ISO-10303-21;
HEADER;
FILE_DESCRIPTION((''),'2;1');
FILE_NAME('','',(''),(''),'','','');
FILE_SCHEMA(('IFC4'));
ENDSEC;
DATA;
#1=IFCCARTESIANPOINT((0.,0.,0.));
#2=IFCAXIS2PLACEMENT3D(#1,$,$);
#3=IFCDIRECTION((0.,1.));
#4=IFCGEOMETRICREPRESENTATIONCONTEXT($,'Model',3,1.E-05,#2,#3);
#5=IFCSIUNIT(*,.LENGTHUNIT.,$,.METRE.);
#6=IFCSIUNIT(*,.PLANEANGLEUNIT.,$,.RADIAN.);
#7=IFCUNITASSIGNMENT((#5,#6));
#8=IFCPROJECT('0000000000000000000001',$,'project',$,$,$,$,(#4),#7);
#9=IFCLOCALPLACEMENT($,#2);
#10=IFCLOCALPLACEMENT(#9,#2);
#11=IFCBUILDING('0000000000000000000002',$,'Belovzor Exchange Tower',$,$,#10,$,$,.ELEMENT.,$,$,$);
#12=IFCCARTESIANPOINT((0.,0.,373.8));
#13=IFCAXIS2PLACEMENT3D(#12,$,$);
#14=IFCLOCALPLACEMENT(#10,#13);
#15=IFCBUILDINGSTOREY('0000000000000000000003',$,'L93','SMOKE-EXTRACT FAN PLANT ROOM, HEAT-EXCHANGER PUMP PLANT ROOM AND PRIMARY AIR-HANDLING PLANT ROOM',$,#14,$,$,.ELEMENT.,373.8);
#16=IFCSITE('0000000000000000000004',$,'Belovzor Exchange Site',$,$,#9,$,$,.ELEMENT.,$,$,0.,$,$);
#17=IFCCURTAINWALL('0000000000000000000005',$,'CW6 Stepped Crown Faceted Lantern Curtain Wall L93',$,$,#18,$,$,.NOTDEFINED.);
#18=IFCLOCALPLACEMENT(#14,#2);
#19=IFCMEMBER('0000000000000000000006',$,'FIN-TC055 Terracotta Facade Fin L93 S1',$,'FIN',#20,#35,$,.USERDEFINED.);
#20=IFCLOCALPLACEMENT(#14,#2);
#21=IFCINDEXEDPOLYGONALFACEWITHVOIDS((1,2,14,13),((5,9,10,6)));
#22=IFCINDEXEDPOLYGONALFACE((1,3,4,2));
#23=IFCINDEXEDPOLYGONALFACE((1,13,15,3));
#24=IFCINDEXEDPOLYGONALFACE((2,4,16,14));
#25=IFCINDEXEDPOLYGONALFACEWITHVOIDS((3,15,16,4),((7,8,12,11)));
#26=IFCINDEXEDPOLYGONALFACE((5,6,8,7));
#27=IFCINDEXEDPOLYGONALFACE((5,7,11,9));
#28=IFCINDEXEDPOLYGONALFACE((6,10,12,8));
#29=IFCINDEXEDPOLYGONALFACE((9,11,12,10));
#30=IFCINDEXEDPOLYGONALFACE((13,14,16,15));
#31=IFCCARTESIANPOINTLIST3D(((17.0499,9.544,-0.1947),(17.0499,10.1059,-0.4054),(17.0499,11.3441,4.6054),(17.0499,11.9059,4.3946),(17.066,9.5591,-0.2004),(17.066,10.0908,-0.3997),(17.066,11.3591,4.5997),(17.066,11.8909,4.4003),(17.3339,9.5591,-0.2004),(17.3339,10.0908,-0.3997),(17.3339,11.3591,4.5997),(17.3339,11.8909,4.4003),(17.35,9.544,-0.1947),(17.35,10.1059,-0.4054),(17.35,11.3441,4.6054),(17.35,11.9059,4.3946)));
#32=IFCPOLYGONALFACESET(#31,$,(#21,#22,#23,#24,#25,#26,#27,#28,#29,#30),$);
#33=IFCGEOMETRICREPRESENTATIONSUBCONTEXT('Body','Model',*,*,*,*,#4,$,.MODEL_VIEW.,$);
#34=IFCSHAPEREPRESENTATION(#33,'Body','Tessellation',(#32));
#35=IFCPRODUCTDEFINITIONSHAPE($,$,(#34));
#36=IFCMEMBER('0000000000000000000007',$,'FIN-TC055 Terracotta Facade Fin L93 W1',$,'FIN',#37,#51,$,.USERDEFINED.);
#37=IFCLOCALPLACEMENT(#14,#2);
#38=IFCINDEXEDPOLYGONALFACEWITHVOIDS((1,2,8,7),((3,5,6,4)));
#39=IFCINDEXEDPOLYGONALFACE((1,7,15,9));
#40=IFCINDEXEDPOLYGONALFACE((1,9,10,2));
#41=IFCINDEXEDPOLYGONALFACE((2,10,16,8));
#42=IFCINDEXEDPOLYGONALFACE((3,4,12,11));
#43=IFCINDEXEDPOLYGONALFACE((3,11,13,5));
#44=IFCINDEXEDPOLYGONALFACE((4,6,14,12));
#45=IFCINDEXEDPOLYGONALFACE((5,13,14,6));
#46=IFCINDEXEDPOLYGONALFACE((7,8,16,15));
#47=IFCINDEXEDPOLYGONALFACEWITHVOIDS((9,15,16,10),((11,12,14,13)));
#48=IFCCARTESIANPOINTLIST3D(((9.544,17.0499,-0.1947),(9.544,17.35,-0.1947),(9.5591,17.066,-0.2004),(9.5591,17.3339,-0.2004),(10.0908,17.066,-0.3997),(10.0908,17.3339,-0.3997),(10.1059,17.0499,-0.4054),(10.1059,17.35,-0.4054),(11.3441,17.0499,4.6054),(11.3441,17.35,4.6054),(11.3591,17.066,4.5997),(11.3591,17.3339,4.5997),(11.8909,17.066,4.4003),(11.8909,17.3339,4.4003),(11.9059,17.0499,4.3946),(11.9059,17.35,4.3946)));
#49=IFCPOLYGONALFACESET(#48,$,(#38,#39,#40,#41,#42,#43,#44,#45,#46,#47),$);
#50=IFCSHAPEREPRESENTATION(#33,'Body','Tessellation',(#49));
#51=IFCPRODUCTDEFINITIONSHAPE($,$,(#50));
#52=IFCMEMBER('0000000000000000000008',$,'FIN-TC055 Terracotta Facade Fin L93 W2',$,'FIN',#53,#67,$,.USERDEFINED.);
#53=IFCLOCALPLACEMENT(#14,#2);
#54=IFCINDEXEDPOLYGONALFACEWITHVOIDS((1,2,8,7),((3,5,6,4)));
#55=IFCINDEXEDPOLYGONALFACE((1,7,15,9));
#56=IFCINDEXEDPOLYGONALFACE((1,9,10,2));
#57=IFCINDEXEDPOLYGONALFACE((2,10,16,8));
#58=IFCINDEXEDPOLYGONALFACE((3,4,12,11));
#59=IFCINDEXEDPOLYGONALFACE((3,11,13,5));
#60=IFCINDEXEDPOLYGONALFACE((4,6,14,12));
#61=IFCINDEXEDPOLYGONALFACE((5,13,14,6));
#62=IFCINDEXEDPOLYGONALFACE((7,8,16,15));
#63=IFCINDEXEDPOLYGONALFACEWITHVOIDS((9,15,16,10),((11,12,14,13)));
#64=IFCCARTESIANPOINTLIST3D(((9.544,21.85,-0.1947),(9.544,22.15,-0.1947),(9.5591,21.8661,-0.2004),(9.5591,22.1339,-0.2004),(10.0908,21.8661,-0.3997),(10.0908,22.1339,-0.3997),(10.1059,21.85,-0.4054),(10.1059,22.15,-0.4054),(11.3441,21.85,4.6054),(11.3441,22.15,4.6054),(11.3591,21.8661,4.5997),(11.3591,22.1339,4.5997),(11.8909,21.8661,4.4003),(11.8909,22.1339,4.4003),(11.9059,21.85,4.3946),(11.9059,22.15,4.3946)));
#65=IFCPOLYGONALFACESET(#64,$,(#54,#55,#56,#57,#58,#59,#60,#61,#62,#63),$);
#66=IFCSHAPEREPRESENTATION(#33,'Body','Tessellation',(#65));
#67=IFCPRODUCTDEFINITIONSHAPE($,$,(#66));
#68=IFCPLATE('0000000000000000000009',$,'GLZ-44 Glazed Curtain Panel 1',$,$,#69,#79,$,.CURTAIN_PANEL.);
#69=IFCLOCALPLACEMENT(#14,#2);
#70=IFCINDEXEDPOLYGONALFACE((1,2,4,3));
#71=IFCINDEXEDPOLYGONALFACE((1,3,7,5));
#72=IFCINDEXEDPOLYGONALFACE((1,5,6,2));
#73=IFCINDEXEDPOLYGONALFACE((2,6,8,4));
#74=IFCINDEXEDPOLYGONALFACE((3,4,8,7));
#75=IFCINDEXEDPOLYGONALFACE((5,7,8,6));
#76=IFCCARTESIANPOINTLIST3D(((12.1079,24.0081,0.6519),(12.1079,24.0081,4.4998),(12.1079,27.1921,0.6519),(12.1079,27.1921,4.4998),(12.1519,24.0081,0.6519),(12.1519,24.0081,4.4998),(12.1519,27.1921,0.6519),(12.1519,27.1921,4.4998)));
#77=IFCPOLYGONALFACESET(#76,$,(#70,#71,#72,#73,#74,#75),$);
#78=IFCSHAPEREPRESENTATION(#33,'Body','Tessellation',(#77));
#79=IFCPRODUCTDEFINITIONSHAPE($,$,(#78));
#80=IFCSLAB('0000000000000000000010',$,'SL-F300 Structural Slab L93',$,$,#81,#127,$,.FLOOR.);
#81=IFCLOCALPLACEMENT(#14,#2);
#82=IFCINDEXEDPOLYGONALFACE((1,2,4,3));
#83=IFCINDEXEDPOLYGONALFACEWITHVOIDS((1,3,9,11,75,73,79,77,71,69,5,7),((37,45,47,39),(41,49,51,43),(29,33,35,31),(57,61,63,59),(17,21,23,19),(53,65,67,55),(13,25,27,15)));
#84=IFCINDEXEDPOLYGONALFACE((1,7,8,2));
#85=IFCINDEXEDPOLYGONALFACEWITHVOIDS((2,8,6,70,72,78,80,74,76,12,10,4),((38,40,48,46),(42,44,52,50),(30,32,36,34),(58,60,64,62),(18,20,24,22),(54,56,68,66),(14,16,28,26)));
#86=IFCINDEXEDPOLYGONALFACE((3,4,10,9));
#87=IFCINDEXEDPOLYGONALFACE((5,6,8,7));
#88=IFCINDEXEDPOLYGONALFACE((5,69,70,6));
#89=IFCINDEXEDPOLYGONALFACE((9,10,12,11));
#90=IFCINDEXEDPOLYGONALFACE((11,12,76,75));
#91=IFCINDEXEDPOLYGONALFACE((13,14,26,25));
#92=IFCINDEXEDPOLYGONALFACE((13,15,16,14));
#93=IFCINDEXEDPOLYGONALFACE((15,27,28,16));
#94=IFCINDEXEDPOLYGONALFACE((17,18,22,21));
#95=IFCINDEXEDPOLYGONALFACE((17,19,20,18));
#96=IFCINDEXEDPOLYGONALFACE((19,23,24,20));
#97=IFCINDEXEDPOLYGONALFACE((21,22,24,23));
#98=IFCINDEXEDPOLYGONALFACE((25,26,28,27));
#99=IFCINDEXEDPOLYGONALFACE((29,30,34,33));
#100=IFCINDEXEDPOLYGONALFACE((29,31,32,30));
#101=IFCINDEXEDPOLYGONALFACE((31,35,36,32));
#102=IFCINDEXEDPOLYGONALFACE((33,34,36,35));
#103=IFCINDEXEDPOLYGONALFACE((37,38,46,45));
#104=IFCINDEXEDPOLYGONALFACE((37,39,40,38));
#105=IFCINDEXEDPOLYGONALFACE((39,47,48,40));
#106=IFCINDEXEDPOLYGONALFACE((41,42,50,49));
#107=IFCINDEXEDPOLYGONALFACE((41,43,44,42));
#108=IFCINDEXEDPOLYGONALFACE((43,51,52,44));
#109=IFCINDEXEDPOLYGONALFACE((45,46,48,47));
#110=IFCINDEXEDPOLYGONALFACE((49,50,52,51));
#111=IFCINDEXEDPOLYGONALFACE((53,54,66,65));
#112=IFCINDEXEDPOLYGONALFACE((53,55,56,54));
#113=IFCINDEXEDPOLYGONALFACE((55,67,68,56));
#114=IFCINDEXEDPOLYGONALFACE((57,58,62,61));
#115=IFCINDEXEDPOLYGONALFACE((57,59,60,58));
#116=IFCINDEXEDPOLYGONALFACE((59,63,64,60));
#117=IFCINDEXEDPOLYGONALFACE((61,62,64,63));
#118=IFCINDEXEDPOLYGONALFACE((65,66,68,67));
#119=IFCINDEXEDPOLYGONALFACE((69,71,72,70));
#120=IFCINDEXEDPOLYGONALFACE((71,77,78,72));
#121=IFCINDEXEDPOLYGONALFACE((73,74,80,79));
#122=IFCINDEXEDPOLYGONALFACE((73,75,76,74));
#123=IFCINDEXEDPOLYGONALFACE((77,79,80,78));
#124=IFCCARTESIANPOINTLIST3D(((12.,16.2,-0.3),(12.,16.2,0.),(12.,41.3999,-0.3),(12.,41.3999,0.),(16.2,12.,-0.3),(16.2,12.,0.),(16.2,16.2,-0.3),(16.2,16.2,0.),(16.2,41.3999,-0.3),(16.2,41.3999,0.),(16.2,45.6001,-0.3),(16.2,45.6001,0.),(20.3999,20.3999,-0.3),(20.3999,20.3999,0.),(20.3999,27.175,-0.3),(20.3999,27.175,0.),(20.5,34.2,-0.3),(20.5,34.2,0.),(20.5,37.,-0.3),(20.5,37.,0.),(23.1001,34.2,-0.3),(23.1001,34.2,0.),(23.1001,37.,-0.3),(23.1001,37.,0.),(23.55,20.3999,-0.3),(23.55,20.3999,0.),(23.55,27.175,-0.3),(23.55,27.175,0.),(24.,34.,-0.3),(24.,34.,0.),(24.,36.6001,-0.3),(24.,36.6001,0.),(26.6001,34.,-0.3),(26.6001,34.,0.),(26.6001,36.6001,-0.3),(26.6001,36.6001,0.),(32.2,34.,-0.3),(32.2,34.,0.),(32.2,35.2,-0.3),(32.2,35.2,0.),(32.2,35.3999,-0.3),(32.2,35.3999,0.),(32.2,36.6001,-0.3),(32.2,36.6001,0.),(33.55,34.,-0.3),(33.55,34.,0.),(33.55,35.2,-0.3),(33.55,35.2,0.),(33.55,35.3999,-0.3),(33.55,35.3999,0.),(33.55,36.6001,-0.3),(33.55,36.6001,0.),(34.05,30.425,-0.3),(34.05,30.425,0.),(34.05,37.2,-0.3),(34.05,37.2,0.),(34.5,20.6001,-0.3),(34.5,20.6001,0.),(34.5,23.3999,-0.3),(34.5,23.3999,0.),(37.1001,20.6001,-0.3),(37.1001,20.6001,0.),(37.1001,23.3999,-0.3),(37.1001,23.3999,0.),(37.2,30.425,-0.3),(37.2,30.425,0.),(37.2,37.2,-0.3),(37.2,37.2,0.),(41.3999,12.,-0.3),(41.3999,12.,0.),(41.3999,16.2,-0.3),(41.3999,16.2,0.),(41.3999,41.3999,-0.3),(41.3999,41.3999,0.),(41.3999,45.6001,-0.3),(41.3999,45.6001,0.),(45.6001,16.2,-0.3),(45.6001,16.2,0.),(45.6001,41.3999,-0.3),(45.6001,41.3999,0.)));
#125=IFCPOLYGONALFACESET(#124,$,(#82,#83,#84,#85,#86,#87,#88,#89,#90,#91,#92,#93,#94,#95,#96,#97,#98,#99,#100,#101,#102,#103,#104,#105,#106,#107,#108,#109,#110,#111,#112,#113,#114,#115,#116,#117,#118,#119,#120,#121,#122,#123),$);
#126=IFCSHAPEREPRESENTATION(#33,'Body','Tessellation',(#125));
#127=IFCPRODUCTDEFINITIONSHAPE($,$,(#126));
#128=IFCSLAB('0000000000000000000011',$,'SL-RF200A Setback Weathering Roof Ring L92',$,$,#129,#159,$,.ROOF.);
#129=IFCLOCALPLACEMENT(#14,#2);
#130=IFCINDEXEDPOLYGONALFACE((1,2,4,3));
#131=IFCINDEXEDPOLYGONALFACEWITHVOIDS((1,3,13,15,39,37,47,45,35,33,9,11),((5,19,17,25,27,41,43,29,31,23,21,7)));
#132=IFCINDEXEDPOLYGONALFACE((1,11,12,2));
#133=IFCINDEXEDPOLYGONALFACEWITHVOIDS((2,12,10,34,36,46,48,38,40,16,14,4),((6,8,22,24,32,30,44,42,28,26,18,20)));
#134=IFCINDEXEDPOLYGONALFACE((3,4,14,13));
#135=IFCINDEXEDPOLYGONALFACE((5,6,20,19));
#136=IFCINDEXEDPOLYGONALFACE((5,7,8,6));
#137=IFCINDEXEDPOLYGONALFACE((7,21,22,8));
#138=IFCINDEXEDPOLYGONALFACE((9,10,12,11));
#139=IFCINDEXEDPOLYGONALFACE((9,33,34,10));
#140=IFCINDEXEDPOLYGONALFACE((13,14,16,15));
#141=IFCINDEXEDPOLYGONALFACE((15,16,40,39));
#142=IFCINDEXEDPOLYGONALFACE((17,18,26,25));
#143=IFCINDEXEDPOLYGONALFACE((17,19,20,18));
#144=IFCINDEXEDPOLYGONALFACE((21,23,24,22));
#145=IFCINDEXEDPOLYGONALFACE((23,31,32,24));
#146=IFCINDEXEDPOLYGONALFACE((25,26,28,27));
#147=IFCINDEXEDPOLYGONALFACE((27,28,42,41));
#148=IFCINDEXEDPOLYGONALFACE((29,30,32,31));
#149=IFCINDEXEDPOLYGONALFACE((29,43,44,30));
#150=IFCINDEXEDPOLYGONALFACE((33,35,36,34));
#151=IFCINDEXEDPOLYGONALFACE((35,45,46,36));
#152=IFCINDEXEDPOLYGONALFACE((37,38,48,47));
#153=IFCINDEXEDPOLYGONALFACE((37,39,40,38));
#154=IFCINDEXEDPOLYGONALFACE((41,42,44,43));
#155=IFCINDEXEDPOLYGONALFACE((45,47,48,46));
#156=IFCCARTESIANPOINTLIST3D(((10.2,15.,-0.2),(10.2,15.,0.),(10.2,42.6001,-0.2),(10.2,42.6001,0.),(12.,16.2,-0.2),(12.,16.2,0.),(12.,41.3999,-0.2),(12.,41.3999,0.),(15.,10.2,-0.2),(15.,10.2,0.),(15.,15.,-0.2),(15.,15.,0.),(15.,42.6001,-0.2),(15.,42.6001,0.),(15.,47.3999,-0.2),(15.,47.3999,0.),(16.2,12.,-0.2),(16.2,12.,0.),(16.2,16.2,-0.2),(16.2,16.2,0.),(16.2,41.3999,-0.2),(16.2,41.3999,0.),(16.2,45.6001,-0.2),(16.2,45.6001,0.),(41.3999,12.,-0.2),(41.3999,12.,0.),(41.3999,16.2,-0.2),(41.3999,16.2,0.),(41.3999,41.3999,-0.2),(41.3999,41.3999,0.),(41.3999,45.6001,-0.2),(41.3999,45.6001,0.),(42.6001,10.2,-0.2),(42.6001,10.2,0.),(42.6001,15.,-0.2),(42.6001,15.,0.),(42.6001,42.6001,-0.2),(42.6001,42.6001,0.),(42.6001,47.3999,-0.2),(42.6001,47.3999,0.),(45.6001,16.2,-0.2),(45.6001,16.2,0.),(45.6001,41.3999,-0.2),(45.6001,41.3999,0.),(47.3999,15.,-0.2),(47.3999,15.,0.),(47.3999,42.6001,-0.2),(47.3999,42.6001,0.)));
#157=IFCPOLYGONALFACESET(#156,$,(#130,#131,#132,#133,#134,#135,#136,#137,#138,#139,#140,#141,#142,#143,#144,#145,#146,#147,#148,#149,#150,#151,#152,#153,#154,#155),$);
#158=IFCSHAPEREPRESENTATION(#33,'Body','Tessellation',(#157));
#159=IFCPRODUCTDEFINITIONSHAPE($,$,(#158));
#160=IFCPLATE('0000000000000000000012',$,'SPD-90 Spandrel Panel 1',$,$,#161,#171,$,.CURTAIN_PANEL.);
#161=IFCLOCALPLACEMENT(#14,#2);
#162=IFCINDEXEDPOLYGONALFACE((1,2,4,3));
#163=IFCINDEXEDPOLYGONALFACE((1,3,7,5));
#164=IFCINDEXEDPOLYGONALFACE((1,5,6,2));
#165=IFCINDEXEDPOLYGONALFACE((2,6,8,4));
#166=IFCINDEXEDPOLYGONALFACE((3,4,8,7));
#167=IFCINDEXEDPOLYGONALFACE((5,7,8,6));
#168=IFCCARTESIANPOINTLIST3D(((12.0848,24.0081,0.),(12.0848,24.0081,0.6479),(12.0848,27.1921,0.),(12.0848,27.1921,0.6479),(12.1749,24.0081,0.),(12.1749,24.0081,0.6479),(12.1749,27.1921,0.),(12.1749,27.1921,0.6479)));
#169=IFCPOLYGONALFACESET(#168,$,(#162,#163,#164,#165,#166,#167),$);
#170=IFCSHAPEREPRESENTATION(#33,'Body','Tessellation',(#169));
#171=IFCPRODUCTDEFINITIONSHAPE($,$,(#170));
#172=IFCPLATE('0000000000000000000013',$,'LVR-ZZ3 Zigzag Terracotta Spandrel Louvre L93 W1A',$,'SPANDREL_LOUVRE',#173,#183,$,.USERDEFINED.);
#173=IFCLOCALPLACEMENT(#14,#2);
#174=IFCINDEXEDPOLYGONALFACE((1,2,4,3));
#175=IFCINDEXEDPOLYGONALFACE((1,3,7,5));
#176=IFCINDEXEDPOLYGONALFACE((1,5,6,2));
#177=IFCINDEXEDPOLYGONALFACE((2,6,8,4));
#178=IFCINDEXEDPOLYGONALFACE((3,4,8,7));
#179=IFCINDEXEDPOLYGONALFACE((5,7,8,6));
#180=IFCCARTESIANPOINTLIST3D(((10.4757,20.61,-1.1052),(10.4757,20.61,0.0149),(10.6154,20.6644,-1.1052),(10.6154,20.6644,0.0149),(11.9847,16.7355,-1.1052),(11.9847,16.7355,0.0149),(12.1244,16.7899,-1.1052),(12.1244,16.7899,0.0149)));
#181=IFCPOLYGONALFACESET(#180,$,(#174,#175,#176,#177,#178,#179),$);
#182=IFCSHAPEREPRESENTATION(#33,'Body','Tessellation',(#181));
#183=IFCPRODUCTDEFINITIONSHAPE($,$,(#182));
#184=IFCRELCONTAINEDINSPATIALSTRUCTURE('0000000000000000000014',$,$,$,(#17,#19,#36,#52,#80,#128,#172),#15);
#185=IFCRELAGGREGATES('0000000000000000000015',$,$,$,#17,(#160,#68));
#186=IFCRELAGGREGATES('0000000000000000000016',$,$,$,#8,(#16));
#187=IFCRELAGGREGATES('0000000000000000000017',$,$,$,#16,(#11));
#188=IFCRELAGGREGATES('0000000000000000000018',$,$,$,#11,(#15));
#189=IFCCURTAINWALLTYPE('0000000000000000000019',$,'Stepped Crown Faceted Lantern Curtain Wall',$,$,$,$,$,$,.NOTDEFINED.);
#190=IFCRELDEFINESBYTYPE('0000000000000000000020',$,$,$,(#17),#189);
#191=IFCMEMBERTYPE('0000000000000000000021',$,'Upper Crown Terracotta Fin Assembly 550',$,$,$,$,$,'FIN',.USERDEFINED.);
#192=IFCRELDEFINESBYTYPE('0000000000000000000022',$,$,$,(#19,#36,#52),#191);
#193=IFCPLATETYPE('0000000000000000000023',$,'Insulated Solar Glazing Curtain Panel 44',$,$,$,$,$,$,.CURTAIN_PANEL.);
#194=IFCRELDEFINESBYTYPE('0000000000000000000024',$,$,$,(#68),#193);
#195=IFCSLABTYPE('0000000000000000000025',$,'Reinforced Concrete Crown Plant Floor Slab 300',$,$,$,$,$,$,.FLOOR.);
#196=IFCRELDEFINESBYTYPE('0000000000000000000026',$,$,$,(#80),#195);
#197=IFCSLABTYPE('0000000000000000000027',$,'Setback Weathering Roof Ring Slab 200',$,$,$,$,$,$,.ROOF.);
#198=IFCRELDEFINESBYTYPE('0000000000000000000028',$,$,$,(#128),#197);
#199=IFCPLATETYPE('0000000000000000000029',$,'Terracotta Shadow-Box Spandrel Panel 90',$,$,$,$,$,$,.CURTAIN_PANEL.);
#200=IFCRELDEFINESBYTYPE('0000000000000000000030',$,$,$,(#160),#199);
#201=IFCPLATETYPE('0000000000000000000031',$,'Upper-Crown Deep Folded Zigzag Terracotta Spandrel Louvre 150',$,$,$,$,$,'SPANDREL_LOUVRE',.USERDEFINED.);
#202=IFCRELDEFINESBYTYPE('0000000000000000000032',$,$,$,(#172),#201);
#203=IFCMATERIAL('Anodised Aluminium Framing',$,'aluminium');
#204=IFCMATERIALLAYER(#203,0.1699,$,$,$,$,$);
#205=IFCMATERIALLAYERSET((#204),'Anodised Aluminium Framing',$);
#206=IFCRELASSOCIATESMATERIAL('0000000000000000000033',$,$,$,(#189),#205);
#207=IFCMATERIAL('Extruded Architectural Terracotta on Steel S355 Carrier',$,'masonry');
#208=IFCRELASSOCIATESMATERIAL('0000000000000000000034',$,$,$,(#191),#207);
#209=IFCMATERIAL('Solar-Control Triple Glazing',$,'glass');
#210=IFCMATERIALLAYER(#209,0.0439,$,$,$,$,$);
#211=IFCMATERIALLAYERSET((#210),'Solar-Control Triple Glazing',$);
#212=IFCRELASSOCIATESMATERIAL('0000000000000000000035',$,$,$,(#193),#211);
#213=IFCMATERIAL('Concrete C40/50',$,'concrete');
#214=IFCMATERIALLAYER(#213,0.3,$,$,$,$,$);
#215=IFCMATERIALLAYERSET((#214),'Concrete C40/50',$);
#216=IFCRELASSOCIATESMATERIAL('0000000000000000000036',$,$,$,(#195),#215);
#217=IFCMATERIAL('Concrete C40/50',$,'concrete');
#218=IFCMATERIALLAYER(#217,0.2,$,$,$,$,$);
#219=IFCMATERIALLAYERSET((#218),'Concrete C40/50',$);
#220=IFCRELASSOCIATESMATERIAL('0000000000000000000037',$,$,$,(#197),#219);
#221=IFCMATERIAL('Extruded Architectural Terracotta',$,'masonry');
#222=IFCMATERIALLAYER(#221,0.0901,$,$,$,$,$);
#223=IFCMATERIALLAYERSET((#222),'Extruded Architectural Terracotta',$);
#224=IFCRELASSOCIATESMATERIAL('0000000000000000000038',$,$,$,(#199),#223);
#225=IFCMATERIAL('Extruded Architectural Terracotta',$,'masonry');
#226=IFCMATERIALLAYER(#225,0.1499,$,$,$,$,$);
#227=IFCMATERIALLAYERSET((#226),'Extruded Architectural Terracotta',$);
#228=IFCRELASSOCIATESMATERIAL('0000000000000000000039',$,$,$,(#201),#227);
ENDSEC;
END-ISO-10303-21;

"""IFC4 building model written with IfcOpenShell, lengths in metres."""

from ifc_helpers import new_model, si_unit, direction, frame, origin, origin_2d, place, context, subcontext, project, spatial, polyline, rectangle, hollow_rectangle, outline, extrude, material, layer, layer_set, material_profile, profile_set, type_object, element, aggregate, save


model = new_model("IFC4")

# Units and contexts
model_context = context("Model", 3, precision=1e-05, world=origin(), true_north=direction((0.0, 1.0)))
body_context = subcontext(model_context, "Body", "Model", "MODEL_VIEW")
ifc_project = project(units=[si_unit("LENGTHUNIT", "METRE"), si_unit("PLANEANGLEUNIT", "RADIAN")], contexts=[model_context])

# Site, building, storey
site_placement = place(None, origin())
site = spatial("IfcSite", under=ifc_project, at=site_placement, Name="Belovzor Exchange Site", CompositionType="ELEMENT", RefElevation=0.0)
building_placement = place(site_placement, origin())
building = spatial("IfcBuilding", under=site, at=building_placement, Name="Belovzor Exchange Tower", CompositionType="ELEMENT")
storey_placement = place(building_placement, frame((0.0, 0.0, 373.8)))
storey = spatial("IfcBuildingStorey", under=building, at=storey_placement, Name="L93", Description="SMOKE-EXTRACT FAN PLANT ROOM, HEAT-EXCHANGER PUMP PLANT ROOM AND PRIMARY AIR-HANDLING PLANT ROOM", CompositionType="ELEMENT", Elevation=373.8)

# Curtain wall
ifc_material_1 = material(Name="Anodised Aluminium Framing", Category="aluminium")
ifc_layer_1 = layer(ifc_material_1, 0.1699)
ifc_layer_set_1 = layer_set([ifc_layer_1], Name="Anodised Aluminium Framing")
curtain_wall_type = type_object("IfcCurtainWallType", Name="Stepped Crown Faceted Lantern Curtain Wall", PredefinedType="NOTDEFINED", material=ifc_layer_set_1)
curtain_wall_placement = place(storey_placement, origin())
curtain_wall = element("IfcCurtainWall", 1, at=curtain_wall_placement, inside=storey, type_object=curtain_wall_type, Name="CW6 Stepped Crown Faceted Lantern Curtain Wall L93", PredefinedType="NOTDEFINED")

# Members
ifc_material_2 = material(Name="Extruded Architectural Terracotta on Steel S355 Carrier", Category="masonry")
ifc_material_profile_1 = material_profile(ifc_material_2, hollow_rectangle(XDim=0.3, YDim=0.6001, WallThickness=0.0161, at=origin_2d()))
ifc_profile_set_1 = profile_set([ifc_material_profile_1], Name="Extruded Architectural Terracotta on Steel S355 Carrier")
member_type_1 = type_object("IfcMemberType", Name="Upper Crown Terracotta Fin Assembly 550", ElementType="FIN", PredefinedType="USERDEFINED", material=ifc_profile_set_1)
for number, where, z_axis, x_axis, name in (
    (2, (17.2, 9.825, -0.3), (0.0, 0.351129, 0.936327), (-1.0, 0.0, 0.0), "FIN-TC055 Terracotta Facade Fin L93 S1"),
    (3, (9.825, 17.2, -0.3), (0.351129, 0.0, 0.936327), (0.0, 1.0, 0.0), "FIN-TC055 Terracotta Facade Fin L93 W1"),
    (4, (9.825, 22.0, -0.3), (0.351129, 0.0, 0.936327), (0.0, 1.0, 0.0), "FIN-TC055 Terracotta Facade Fin L93 W2"),
):
    element("IfcMember", number, at=place(storey_placement, frame(where, z_axis=z_axis, x_axis=x_axis)), inside=storey, type_object=member_type_1, Name=name, ObjectType="FIN", PredefinedType="USERDEFINED", context=body_context, shape_type="SweptSolid", body=[
        extrude(hollow_rectangle(XDim=0.3, YDim=0.6001, WallThickness=0.0161, at=origin_2d()), origin(), (0.0, 0.0, 1.0), 5.1265),
    ])

# Plate
ifc_material_3 = material(Name="Solar-Control Triple Glazing", Category="glass")
ifc_layer_2 = layer(ifc_material_3, 0.0439)
ifc_layer_set_2 = layer_set([ifc_layer_2], Name="Solar-Control Triple Glazing")
plate_type_1 = type_object("IfcPlateType", Name="Insulated Solar Glazing Curtain Panel 44", PredefinedType="CURTAIN_PANEL", material=ifc_layer_set_2)
plate_1_placement = place(storey_placement, frame((12.1299, 25.6001, 0.6519), z_axis=(0.0, 0.0, 1.0), x_axis=(0.0, 1.0, 0.0)))
plate_1 = element("IfcPlate", 5, at=plate_1_placement, type_object=plate_type_1, Name="GLZ-44 Glazed Curtain Panel 1", PredefinedType="CURTAIN_PANEL", context=body_context, shape_type="SweptSolid", body=[
    extrude(rectangle(XDim=3.1841, YDim=0.0439, at=origin_2d()), origin(), (0.0, 0.0, 1.0), 3.8479),
])

# Slabs
ifc_material_4 = material(Name="Concrete C40/50", Category="concrete")
ifc_layer_3 = layer(ifc_material_4, 0.3)
ifc_layer_set_3 = layer_set([ifc_layer_3], Name="Concrete C40/50")
slab_type_1 = type_object("IfcSlabType", Name="Reinforced Concrete Crown Plant Floor Slab 300", PredefinedType="FLOOR", material=ifc_layer_set_3)
slab_1_placement = place(storey_placement, frame((0.0, 0.0, -0.3)))
element("IfcSlab", 6, at=slab_1_placement, inside=storey, type_object=slab_type_1, Name="SL-F300 Structural Slab L93", PredefinedType="FLOOR", context=body_context, shape_type="SweptSolid", body=[
    extrude(outline(polyline([(16.2, 12.0), (41.3999, 12.0), (41.3999, 16.2), (45.6001, 16.2), (45.6001, 41.3999), (41.3999, 41.3999), (41.3999, 45.6001), (16.2, 45.6001), (16.2, 41.3999), (12.0, 41.3999), (12.0, 16.2), (16.2, 16.2), (16.2, 12.0)]), holes=[polyline([(20.3999, 27.175), (20.3999, 20.3999), (23.55, 20.3999), (23.55, 27.175), (20.3999, 27.175)]), polyline([(37.2, 30.425), (37.2, 37.2), (34.05, 37.2), (34.05, 30.425), (37.2, 30.425)]), polyline([(20.5, 34.2), (23.1001, 34.2), (23.1001, 37.0), (20.5, 37.0), (20.5, 34.2)]), polyline([(34.5, 20.6001), (37.1001, 20.6001), (37.1001, 23.3999), (34.5, 23.3999), (34.5, 20.6001)]), polyline([(24.0, 34.0), (26.6001, 34.0), (26.6001, 36.6001), (24.0, 36.6001), (24.0, 34.0)]), polyline([(32.2, 34.0), (33.55, 34.0), (33.55, 35.2), (32.2, 35.2), (32.2, 34.0)]), polyline([(32.2, 35.3999), (33.55, 35.3999), (33.55, 36.6001), (32.2, 36.6001), (32.2, 35.3999)])]), origin(), (0.0, 0.0, 1.0), 0.3),
])
ifc_material_5 = material(Name="Concrete C40/50", Category="concrete")
ifc_layer_4 = layer(ifc_material_5, 0.2)
ifc_layer_set_4 = layer_set([ifc_layer_4], Name="Concrete C40/50")
slab_type_2 = type_object("IfcSlabType", Name="Setback Weathering Roof Ring Slab 200", PredefinedType="ROOF", material=ifc_layer_set_4)
slab_2_placement = place(storey_placement, frame((0.0, 0.0, -0.2)))
element("IfcSlab", 7, at=slab_2_placement, inside=storey, type_object=slab_type_2, Name="SL-RF200A Setback Weathering Roof Ring L92", PredefinedType="ROOF", context=body_context, shape_type="SweptSolid", body=[
    extrude(outline(polyline([(15.0, 10.2), (42.6001, 10.2), (42.6001, 15.0), (47.3999, 15.0), (47.3999, 42.6001), (42.6001, 42.6001), (42.6001, 47.3999), (15.0, 47.3999), (15.0, 42.6001), (10.2, 42.6001), (10.2, 15.0), (15.0, 15.0), (15.0, 10.2)]), holes=[polyline([(16.2, 12.0), (41.3999, 12.0), (41.3999, 16.2), (45.6001, 16.2), (45.6001, 41.3999), (41.3999, 41.3999), (41.3999, 45.6001), (16.2, 45.6001), (16.2, 41.3999), (12.0, 41.3999), (12.0, 16.2), (16.2, 16.2), (16.2, 12.0)])]), origin(), (0.0, 0.0, 1.0), 0.2),
])

# Plate
ifc_material_6 = material(Name="Extruded Architectural Terracotta", Category="masonry")
ifc_layer_5 = layer(ifc_material_6, 0.0901)
ifc_layer_set_5 = layer_set([ifc_layer_5], Name="Extruded Architectural Terracotta")
plate_type_2 = type_object("IfcPlateType", Name="Terracotta Shadow-Box Spandrel Panel 90", PredefinedType="CURTAIN_PANEL", material=ifc_layer_set_5)
plate_2_placement = place(storey_placement, frame((12.1299, 25.6001, 0.0), z_axis=(0.0, 0.0, 1.0), x_axis=(0.0, 1.0, 0.0)))
plate_2 = element("IfcPlate", 8, at=plate_2_placement, type_object=plate_type_2, Name="SPD-90 Spandrel Panel 1", PredefinedType="CURTAIN_PANEL", context=body_context, shape_type="SweptSolid", body=[
    extrude(rectangle(XDim=3.1841, YDim=0.0901, at=origin_2d()), origin(), (0.0, 0.0, 1.0), 0.6479),
])
aggregate(curtain_wall, [plate_2, plate_1])

# Plate
ifc_material_7 = material(Name="Extruded Architectural Terracotta", Category="masonry")
ifc_layer_6 = layer(ifc_material_7, 0.1499)
ifc_layer_set_6 = layer_set([ifc_layer_6], Name="Extruded Architectural Terracotta")
plate_type_3 = type_object("IfcPlateType", Name="Upper-Crown Deep Folded Zigzag Terracotta Spandrel Louvre 150", ElementType="SPANDREL_LOUVRE", PredefinedType="USERDEFINED", material=ifc_layer_set_6)
for number, where, z_axis, x_axis, name in (
    (9, (11.3, 18.7, -1.1052), (0.0, 0.0, 1.0), (-0.362926, 0.931818, 0.0), "LVR-ZZ3 Zigzag Terracotta Spandrel Louvre L93 W1A"),
):
    element("IfcPlate", number, at=place(storey_placement, frame(where, z_axis=z_axis, x_axis=x_axis)), inside=storey, type_object=plate_type_3, Name=name, ObjectType="SPANDREL_LOUVRE", PredefinedType="USERDEFINED", context=body_context, shape_type="SweptSolid", body=[
        extrude(rectangle(XDim=4.158, YDim=0.1499, at=origin_2d()), origin(), (0.0, 0.0, 1.0), 1.1201),
    ])

save(model, "model.ifc")
